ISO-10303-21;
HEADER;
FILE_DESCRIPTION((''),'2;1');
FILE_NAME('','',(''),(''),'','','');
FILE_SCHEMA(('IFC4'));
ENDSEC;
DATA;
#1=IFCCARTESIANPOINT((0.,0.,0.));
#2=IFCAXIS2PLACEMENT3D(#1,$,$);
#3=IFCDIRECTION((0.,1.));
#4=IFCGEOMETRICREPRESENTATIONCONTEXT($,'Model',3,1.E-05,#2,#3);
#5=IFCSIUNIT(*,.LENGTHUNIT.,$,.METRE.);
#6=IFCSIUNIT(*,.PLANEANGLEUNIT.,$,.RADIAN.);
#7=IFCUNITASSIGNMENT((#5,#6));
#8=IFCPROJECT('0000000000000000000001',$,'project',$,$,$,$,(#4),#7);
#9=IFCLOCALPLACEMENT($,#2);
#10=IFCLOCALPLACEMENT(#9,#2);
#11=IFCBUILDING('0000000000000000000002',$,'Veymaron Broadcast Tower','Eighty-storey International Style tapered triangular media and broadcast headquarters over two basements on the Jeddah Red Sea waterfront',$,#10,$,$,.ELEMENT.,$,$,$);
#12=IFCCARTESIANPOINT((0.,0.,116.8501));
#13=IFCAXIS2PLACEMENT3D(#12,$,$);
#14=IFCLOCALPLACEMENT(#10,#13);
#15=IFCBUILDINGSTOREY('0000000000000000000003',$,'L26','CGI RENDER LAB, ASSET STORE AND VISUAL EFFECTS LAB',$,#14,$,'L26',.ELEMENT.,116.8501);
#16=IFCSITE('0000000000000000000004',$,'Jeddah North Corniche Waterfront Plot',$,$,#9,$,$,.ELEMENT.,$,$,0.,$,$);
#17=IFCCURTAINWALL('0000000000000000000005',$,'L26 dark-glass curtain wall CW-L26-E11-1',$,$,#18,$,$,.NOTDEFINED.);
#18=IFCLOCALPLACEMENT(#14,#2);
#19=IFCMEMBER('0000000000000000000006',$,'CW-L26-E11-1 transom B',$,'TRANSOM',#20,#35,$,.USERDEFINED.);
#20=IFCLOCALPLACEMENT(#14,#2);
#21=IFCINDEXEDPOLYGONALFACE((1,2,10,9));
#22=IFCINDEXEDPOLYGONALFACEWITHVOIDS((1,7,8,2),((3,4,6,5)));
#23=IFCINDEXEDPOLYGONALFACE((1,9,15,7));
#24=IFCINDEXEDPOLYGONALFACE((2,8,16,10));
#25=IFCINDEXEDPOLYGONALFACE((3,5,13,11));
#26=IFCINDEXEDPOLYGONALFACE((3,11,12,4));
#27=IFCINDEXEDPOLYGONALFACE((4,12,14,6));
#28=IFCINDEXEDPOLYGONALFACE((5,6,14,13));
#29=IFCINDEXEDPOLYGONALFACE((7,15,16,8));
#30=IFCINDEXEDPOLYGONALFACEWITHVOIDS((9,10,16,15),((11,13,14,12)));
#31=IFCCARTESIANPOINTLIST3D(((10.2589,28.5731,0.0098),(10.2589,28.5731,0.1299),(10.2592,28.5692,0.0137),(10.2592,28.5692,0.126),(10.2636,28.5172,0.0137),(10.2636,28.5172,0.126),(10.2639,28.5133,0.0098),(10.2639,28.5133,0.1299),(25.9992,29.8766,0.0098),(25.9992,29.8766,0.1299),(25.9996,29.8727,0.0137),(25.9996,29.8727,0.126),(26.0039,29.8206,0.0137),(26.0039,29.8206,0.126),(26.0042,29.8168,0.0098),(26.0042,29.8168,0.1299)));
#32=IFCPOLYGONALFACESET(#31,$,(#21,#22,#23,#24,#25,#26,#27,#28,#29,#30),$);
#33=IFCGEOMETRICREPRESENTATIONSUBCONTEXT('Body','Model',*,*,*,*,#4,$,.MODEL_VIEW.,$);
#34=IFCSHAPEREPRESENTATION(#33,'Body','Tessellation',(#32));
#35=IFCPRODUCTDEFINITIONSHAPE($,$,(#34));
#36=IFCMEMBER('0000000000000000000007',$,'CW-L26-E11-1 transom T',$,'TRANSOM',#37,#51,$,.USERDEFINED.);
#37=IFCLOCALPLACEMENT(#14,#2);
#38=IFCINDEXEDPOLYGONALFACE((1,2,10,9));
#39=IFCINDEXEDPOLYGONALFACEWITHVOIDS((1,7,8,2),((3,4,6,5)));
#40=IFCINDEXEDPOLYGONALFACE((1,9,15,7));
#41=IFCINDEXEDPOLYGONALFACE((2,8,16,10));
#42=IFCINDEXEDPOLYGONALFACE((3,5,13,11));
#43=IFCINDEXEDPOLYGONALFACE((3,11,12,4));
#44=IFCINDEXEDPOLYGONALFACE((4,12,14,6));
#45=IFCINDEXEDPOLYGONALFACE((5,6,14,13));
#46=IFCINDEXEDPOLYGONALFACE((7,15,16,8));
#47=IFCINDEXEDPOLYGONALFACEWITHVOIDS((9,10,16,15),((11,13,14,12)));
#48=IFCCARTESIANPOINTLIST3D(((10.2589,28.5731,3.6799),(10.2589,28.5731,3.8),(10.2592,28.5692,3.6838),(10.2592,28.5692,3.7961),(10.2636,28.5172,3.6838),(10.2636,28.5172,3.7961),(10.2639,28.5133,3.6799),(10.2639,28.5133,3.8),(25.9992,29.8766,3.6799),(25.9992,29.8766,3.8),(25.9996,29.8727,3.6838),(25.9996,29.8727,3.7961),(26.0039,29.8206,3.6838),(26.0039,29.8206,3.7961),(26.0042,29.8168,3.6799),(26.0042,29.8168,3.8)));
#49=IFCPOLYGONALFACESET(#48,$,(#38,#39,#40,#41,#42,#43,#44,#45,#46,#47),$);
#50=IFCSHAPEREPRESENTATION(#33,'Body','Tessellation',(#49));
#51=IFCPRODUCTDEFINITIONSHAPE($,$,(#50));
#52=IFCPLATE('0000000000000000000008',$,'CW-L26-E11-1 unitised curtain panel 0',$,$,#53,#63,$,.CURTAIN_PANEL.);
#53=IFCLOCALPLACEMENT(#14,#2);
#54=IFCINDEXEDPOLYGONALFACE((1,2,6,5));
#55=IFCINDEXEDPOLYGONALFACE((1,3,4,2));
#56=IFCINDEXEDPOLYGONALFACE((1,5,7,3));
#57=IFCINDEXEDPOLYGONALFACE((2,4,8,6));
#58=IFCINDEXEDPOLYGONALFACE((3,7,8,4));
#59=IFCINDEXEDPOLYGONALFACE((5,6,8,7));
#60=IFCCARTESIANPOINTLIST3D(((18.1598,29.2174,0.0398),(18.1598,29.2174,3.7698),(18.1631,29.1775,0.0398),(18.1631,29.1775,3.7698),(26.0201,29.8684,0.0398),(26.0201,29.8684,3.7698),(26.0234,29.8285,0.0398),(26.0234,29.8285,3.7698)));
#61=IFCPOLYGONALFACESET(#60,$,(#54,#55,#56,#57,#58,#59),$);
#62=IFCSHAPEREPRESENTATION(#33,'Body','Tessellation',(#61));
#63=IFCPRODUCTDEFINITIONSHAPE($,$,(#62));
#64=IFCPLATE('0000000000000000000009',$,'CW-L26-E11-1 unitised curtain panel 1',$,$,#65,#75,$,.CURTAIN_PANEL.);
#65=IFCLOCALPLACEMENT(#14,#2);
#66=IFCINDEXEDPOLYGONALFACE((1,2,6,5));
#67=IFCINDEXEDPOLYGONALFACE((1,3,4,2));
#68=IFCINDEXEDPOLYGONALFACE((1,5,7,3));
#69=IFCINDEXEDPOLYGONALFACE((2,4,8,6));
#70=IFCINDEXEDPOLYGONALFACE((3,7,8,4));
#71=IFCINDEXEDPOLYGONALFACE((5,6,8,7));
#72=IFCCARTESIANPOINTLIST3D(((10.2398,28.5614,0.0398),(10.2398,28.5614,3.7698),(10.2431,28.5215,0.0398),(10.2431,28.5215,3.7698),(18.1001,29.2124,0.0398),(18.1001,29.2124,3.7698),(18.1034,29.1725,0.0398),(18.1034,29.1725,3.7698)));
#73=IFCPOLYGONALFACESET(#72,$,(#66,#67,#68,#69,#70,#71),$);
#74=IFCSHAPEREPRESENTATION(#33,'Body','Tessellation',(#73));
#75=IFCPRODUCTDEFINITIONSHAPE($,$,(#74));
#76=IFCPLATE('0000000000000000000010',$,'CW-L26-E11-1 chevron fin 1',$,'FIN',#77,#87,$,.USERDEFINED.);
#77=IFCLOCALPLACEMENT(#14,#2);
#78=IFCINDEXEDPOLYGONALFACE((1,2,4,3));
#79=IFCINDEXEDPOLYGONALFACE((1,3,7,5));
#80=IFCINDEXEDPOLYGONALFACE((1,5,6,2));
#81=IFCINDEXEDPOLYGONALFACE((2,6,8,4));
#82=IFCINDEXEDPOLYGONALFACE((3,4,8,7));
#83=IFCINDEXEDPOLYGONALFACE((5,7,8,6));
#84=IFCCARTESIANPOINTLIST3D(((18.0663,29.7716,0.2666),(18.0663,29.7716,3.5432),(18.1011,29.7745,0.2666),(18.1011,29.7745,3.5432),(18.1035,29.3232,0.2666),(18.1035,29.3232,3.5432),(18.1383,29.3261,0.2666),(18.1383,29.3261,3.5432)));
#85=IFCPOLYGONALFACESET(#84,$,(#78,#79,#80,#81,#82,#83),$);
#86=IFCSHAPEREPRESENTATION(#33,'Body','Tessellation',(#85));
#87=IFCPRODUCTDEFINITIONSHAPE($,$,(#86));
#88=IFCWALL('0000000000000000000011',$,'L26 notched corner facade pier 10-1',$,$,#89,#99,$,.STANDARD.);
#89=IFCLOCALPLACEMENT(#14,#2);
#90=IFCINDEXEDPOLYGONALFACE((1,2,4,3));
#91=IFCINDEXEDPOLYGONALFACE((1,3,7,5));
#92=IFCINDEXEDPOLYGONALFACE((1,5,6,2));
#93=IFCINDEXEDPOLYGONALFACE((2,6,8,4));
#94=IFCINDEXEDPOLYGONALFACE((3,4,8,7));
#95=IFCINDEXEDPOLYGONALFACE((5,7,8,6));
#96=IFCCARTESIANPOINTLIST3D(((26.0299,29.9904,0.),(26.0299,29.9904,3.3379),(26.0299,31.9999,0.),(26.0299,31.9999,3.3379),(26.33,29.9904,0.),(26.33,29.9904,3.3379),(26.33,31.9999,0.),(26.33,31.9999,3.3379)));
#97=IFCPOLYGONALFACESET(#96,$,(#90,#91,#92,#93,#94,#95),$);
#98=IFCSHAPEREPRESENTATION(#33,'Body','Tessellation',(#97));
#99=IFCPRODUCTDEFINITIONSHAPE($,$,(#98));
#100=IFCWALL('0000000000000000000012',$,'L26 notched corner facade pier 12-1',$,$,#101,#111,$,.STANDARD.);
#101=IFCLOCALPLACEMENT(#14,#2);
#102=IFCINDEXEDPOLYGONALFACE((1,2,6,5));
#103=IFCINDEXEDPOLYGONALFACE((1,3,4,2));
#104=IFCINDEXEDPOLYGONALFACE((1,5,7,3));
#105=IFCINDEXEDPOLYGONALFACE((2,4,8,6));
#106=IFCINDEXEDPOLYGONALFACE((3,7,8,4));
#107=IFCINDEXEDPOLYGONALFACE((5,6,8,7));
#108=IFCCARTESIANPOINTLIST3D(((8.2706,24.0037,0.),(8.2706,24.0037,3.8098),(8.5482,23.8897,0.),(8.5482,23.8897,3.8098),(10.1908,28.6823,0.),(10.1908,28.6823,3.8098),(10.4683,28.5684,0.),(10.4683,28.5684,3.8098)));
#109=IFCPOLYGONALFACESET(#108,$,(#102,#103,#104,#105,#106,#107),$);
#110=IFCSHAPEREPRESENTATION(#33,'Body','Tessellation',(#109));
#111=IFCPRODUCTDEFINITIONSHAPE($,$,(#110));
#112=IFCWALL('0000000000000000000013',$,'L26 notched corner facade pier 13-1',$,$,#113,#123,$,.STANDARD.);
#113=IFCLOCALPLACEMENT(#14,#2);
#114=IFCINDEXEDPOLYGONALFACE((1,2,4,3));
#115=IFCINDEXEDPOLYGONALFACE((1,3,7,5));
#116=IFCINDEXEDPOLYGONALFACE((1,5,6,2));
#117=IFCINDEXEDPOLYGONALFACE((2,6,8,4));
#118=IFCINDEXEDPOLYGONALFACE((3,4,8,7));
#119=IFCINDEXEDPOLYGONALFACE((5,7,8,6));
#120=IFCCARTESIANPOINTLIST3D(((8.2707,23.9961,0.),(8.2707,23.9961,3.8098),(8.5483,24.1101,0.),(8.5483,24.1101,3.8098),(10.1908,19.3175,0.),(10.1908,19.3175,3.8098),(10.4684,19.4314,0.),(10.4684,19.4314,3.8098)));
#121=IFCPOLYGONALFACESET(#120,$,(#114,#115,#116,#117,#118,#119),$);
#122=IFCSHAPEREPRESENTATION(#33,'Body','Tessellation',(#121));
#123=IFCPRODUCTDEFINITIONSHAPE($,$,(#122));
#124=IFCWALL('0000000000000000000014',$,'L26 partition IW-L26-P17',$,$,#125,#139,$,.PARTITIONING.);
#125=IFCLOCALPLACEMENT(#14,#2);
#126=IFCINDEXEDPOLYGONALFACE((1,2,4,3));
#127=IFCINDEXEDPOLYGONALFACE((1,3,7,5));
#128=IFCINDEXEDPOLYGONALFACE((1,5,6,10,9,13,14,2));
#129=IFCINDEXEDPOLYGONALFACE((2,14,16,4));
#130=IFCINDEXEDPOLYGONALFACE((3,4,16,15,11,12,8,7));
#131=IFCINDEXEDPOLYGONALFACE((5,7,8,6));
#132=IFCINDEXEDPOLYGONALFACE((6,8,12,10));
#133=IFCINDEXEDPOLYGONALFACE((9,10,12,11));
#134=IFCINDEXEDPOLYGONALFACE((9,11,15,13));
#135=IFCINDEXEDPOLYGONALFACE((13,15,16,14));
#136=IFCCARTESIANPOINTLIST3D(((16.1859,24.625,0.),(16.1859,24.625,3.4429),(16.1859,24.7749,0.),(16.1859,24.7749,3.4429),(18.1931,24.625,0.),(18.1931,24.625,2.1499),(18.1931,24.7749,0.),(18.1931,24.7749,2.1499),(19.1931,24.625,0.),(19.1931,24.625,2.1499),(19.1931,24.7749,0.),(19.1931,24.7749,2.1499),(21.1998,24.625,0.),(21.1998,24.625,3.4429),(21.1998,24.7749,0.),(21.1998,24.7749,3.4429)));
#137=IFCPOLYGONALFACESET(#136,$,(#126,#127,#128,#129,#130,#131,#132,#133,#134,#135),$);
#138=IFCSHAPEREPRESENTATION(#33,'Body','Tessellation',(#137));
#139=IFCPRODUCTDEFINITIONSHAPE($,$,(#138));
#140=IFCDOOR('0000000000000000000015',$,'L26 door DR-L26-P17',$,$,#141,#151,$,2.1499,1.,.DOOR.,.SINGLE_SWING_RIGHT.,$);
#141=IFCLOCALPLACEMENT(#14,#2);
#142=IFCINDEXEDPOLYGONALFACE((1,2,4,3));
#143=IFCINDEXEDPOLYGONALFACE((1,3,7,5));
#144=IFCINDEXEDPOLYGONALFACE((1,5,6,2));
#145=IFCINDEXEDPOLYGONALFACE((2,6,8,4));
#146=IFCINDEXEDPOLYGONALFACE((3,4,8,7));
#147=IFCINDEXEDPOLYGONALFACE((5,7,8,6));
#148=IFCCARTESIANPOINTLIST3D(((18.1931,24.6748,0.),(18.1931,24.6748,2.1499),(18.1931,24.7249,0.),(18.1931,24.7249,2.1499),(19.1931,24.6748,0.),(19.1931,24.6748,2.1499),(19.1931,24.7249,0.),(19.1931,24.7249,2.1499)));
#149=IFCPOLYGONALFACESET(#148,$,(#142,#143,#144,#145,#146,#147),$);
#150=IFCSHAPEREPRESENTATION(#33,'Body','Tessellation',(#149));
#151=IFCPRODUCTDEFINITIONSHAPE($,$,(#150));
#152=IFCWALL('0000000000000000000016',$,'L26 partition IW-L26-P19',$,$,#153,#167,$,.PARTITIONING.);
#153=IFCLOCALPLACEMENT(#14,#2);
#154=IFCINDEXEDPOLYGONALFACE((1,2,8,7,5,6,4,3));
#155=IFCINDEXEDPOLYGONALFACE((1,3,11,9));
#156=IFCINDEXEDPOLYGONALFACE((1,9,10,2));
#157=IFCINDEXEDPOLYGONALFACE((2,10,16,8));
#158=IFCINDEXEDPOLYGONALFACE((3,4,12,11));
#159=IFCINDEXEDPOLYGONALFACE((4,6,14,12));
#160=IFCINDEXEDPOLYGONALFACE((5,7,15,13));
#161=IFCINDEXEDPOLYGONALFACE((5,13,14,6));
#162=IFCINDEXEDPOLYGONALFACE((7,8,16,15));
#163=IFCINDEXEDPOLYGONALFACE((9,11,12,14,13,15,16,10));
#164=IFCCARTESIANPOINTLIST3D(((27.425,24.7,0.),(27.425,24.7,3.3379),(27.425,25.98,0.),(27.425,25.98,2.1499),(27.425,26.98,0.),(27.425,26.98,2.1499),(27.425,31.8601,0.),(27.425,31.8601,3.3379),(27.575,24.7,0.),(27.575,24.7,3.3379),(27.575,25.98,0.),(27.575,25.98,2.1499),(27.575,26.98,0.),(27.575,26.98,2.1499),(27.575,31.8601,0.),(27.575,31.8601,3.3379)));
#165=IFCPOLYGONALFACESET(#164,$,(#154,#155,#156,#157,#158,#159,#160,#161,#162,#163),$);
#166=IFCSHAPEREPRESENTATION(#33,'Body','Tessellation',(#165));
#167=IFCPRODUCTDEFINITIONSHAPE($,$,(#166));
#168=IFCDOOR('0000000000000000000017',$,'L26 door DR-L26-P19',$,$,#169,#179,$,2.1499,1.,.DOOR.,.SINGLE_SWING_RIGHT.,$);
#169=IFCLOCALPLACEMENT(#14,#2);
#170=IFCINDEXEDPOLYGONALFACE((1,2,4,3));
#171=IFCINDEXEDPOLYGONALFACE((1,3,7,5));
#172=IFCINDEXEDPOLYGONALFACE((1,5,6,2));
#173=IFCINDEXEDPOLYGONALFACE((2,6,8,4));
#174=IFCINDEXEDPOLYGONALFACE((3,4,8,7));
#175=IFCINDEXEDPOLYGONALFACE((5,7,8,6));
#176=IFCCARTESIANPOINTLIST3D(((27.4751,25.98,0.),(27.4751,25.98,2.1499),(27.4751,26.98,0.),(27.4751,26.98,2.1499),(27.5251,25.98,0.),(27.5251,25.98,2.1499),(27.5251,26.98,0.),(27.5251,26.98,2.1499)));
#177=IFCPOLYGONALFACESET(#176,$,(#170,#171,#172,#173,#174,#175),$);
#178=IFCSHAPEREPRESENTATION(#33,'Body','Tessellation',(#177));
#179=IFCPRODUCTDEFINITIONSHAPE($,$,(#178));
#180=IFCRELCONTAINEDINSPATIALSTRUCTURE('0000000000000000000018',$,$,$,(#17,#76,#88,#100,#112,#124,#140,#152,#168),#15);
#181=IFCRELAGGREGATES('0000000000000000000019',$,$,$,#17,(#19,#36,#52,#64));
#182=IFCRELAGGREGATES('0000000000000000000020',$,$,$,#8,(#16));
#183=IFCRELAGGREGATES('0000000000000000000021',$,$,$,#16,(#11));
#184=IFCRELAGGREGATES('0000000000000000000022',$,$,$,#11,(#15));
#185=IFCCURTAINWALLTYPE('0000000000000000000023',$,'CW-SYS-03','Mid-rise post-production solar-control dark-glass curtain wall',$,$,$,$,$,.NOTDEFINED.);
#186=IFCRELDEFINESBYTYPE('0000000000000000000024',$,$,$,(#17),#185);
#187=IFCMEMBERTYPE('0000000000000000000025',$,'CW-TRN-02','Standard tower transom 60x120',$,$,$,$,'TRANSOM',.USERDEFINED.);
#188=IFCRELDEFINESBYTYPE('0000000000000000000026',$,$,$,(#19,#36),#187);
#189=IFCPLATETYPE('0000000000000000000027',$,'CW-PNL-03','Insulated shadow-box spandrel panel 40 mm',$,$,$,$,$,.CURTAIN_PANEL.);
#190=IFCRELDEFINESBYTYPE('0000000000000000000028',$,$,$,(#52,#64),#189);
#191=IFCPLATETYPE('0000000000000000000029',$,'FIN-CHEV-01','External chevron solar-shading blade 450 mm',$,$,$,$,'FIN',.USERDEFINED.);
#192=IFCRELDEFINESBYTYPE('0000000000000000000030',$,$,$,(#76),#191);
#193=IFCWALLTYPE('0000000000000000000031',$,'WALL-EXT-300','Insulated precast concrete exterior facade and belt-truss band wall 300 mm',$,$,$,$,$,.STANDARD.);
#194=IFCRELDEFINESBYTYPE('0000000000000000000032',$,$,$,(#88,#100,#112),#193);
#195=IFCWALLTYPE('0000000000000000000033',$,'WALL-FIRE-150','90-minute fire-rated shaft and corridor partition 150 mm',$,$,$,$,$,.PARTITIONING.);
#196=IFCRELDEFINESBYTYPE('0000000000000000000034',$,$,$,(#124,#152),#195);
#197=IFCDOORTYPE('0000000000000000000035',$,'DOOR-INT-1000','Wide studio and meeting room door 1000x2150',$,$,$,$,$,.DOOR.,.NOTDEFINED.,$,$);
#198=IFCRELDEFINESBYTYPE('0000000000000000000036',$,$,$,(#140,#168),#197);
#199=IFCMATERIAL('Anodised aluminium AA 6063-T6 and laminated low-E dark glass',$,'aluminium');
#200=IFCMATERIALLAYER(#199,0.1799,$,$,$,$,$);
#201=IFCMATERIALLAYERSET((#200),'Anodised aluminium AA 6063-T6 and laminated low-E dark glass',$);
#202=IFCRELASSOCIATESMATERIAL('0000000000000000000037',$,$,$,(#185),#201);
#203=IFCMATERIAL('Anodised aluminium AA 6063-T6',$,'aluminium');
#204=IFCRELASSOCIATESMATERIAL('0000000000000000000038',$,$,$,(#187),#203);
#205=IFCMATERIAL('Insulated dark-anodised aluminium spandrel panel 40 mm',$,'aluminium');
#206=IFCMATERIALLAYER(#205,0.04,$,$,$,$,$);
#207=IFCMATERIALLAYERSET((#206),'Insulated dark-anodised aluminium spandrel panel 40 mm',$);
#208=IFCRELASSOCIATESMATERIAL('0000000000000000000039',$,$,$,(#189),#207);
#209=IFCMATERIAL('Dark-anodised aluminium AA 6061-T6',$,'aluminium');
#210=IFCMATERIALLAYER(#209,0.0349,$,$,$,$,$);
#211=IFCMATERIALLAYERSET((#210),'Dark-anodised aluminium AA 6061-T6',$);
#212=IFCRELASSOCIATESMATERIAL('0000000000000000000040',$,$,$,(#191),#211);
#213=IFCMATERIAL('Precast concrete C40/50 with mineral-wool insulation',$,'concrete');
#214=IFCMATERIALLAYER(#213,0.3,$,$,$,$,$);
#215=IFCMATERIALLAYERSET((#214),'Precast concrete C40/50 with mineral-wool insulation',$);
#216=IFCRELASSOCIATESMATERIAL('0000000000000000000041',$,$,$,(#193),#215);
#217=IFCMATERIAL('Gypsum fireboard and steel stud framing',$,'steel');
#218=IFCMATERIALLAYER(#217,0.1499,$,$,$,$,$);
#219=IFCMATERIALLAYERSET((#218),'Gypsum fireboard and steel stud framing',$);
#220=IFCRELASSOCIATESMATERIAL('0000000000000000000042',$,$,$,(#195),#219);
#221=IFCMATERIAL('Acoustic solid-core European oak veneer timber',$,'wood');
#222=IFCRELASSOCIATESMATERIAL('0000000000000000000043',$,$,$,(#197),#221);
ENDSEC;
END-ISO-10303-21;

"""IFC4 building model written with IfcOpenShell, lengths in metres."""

from ifc_helpers import new_model, si_unit, direction, frame, frame_2d, origin, origin_2d, place, context, subcontext, project, spatial, rectangle, hollow_rectangle, extrude, material, layer, layer_set, material_profile, profile_set, type_object, element, fill, aggregate, save


model = new_model("IFC4")

# Units and contexts
model_context = context("Model", 3, precision=1e-05, world=origin(), true_north=direction((0.0, 1.0)))
body_context = subcontext(model_context, "Body", "Model", "MODEL_VIEW")
ifc_project = project(units=[si_unit("LENGTHUNIT", "METRE"), si_unit("PLANEANGLEUNIT", "RADIAN")], contexts=[model_context])

# Site, building, storey
site_placement = place(None, origin())
site = spatial("IfcSite", under=ifc_project, at=site_placement, Name="Jeddah North Corniche Waterfront Plot", CompositionType="ELEMENT", RefElevation=0.0)
building_placement = place(site_placement, origin())
building = spatial("IfcBuilding", under=site, at=building_placement, Name="Veymaron Broadcast Tower", Description="Eighty-storey International Style tapered triangular media and broadcast headquarters over two basements on the Jeddah Red Sea waterfront", CompositionType="ELEMENT")
storey_placement = place(building_placement, frame((0.0, 0.0, 116.8501)))
storey = spatial("IfcBuildingStorey", under=building, at=storey_placement, Name="L26", Description="CGI RENDER LAB, ASSET STORE AND VISUAL EFFECTS LAB", LongName="L26", CompositionType="ELEMENT", Elevation=116.8501)

# Curtain wall, members, plates
ifc_material_1 = material(Name="Anodised aluminium AA 6063-T6 and laminated low-E dark glass", Category="aluminium")
ifc_layer_1 = layer(ifc_material_1, 0.1799)
ifc_layer_set_1 = layer_set([ifc_layer_1], Name="Anodised aluminium AA 6063-T6 and laminated low-E dark glass")
curtain_wall_type = type_object("IfcCurtainWallType", Name="CW-SYS-03", Description="Mid-rise post-production solar-control dark-glass curtain wall", PredefinedType="NOTDEFINED", material=ifc_layer_set_1)
curtain_wall_placement = place(storey_placement, origin())
curtain_wall = element("IfcCurtainWall", 1, at=curtain_wall_placement, inside=storey, type_object=curtain_wall_type, Name="L26 dark-glass curtain wall CW-L26-E11-1", PredefinedType="NOTDEFINED")
ifc_material_2 = material(Name="Anodised aluminium AA 6063-T6", Category="aluminium")
ifc_material_profile_1 = material_profile(ifc_material_2, hollow_rectangle(XDim=0.0601, YDim=0.1201, WallThickness=0.0039, at=origin_2d()), Name="AL120X60X4")
ifc_profile_set_1 = profile_set([ifc_material_profile_1], Name="Anodised aluminium AA 6063-T6")
member_type_1 = type_object("IfcMemberType", Name="CW-TRN-02", Description="Standard tower transom 60x120", ElementType="TRANSOM", PredefinedType="USERDEFINED", material=ifc_profile_set_1)
member_1_placement = place(storey_placement, frame((26.0017, 29.8467, 0.0698), z_axis=(-0.996589, -0.082529, 0.0), x_axis=(0.082529, -0.996589, 0.0)))
member_1 = element("IfcMember", 2, at=member_1_placement, type_object=member_type_1, Name="CW-L26-E11-1 transom B", ObjectType="TRANSOM", PredefinedType="USERDEFINED", context=body_context, shape_type="SweptSolid", body=[
    extrude(hollow_rectangle(XDim=0.0601, YDim=0.1201, WallThickness=0.0039, at=origin_2d()), origin(), (0.0, 0.0, 1.0), 15.7942),
])
member_2_placement = place(storey_placement, frame((26.0017, 29.8467, 3.74), z_axis=(-0.996589, -0.082529, 0.0), x_axis=(0.082529, -0.996589, 0.0)))
member_2 = element("IfcMember", 3, at=member_2_placement, type_object=member_type_1, Name="CW-L26-E11-1 transom T", ObjectType="TRANSOM", PredefinedType="USERDEFINED", context=body_context, shape_type="SweptSolid", body=[
    extrude(hollow_rectangle(XDim=0.0601, YDim=0.1201, WallThickness=0.0039, at=origin_2d()), origin(), (0.0, 0.0, 1.0), 15.7942),
])
ifc_material_3 = material(Name="Insulated dark-anodised aluminium spandrel panel 40 mm", Category="aluminium")
ifc_layer_2 = layer(ifc_material_3, 0.04)
ifc_layer_set_2 = layer_set([ifc_layer_2], Name="Insulated dark-anodised aluminium spandrel panel 40 mm")
plate_type_1 = type_object("IfcPlateType", Name="CW-PNL-03", Description="Insulated shadow-box spandrel panel 40 mm", PredefinedType="CURTAIN_PANEL", material=ifc_layer_set_2)
plate_1_placement = place(storey_placement, frame((22.0916, 29.5229, 0.0398), z_axis=(0.0, 0.0, 1.0), x_axis=(-0.996589, -0.08253, 0.0)))
plate_1 = element("IfcPlate", 4, at=plate_1_placement, type_object=plate_type_1, Name="CW-L26-E11-1 unitised curtain panel 0", PredefinedType="CURTAIN_PANEL", context=body_context, shape_type="SweptSolid", body=[
    extrude(rectangle(XDim=7.8872, YDim=0.04, at=origin_2d()), origin(), (0.0, 0.0, 1.0), 3.73),
])
plate_2_placement = place(storey_placement, frame((14.1716, 28.8669, 0.0398), z_axis=(0.0, 0.0, 1.0), x_axis=(-0.996589, -0.08253, 0.0)))
plate_2 = element("IfcPlate", 5, at=plate_2_placement, type_object=plate_type_1, Name="CW-L26-E11-1 unitised curtain panel 1", PredefinedType="CURTAIN_PANEL", context=body_context, shape_type="SweptSolid", body=[
    extrude(rectangle(XDim=7.8872, YDim=0.04, at=origin_2d()), origin(), (0.0, 0.0, 1.0), 3.73),
])
aggregate(curtain_wall, [member_1, member_2, plate_1, plate_2])

# Plate
ifc_material_4 = material(Name="Dark-anodised aluminium AA 6061-T6", Category="aluminium")
ifc_layer_3 = layer(ifc_material_4, 0.0349)
ifc_layer_set_3 = layer_set([ifc_layer_3], Name="Dark-anodised aluminium AA 6061-T6")
plate_type_2 = type_object("IfcPlateType", Name="FIN-CHEV-01", Description="External chevron solar-shading blade 450 mm", ElementType="FIN", PredefinedType="USERDEFINED", material=ifc_layer_set_3)
plate_3_placement = place(storey_placement, frame((18.1023, 29.5488, 0.2666), z_axis=(0.0, 0.0, 1.0), x_axis=(-0.08253, 0.996589, 0.0)))
element("IfcPlate", 6, at=plate_3_placement, inside=storey, type_object=plate_type_2, Name="CW-L26-E11-1 chevron fin 1", ObjectType="FIN", PredefinedType="USERDEFINED", context=body_context, shape_type="SweptSolid", body=[
    extrude(rectangle(XDim=0.45, YDim=0.0349, at=origin_2d()), origin(), (0.0, 0.0, 1.0), 3.2766),
])

# Walls
ifc_material_5 = material(Name="Precast concrete C40/50 with mineral-wool insulation", Category="concrete")
ifc_layer_4 = layer(ifc_material_5, 0.3)
ifc_layer_set_4 = layer_set([ifc_layer_4], Name="Precast concrete C40/50 with mineral-wool insulation")
wall_type_1 = type_object("IfcWallType", Name="WALL-EXT-300", Description="Insulated precast concrete exterior facade and belt-truss band wall 300 mm", PredefinedType="STANDARD", material=ifc_layer_set_4)
wall_1_placement = place(storey_placement, frame((26.1799, 32.0, 0.0), z_axis=(0.0, 0.0, 1.0), x_axis=(0.0, -1.0, 0.0)))
element("IfcWall", 7, at=wall_1_placement, inside=storey, type_object=wall_type_1, Name="L26 notched corner facade pier 10-1", PredefinedType="STANDARD", context=body_context, shape_type="SweptSolid", body=[
    extrude(rectangle(XDim=2.0095, YDim=0.3, at=frame_2d((1.0049, 0.0))), origin(), (0.0, 0.0, 1.0), 3.3379),
])
for number, where, z_axis, x_axis, name in (
    (8, (10.3296, 28.6255, 0.0), (0.0, 0.0, 1.0), (-0.379674, -0.92512, 0.0), "L26 notched corner facade pier 12-1"),
    (9, (8.4094, 24.0532, 0.0), (0.0, 0.0, 1.0), (0.379674, -0.92512, 0.0), "L26 notched corner facade pier 13-1"),
):
    element("IfcWall", number, at=place(storey_placement, frame(where, z_axis=z_axis, x_axis=x_axis)), inside=storey, type_object=wall_type_1, Name=name, PredefinedType="STANDARD", context=body_context, shape_type="SweptSolid", body=[
        extrude(rectangle(XDim=5.0574, YDim=0.3, at=frame_2d((2.5288, 0.0))), origin(), (0.0, 0.0, 1.0), 3.8098),
    ])

# Walls, openings, doors
ifc_material_6 = material(Name="Gypsum fireboard and steel stud framing", Category="steel")
ifc_layer_5 = layer(ifc_material_6, 0.1499)
ifc_layer_set_5 = layer_set([ifc_layer_5], Name="Gypsum fireboard and steel stud framing")
wall_type_2 = type_object("IfcWallType", Name="WALL-FIRE-150", Description="90-minute fire-rated shaft and corridor partition 150 mm", PredefinedType="PARTITIONING", material=ifc_layer_set_5)
wall_2_placement = place(storey_placement, frame((16.186, 24.7, 0.0), z_axis=(0.0, 0.0, 1.0), x_axis=(1.0, 0.0, 0.0)))
wall_2 = element("IfcWall", 10, at=wall_2_placement, inside=storey, type_object=wall_type_2, Name="L26 partition IW-L26-P17", PredefinedType="PARTITIONING", context=body_context, shape_type="SweptSolid", body=[
    extrude(rectangle(XDim=5.0139, YDim=0.1499, at=frame_2d((2.5068, 0.0))), origin(), (0.0, 0.0, 1.0), 3.4429),
])
opening_1_placement = place(wall_2_placement, frame((2.0071, 0.0, 0.0)))
opening_1 = element("IfcOpeningElement", 11, at=opening_1_placement, cuts=wall_2, PredefinedType="OPENING", context=body_context, shape_type="SweptSolid", body=[
    extrude(rectangle(XDim=1.0, YDim=2.1499, at=frame_2d((0.5, 1.075))), frame((0.0, 0.085, 0.0), z_axis=(0.0, -1.0, 0.0), x_axis=(1.0, 0.0, 0.0)), (0.0, 0.0, 1.0), 0.1699),
])
ifc_material_7 = material(Name="Acoustic solid-core European oak veneer timber", Category="wood")
door_type = type_object("IfcDoorType", Name="DOOR-INT-1000", Description="Wide studio and meeting room door 1000x2150", OperationType="NOTDEFINED", PredefinedType="DOOR", material=ifc_material_7)
door_1_placement = place(opening_1_placement, origin())
door_1 = element("IfcDoor", 12, at=door_1_placement, inside=storey, type_object=door_type, Name="L26 door DR-L26-P17", OperationType="SINGLE_SWING_RIGHT", OverallHeight=2.1499, OverallWidth=1.0, PredefinedType="DOOR", context=body_context, shape_type="SweptSolid", body=[
    extrude(rectangle(XDim=1.0, YDim=2.1499, at=frame_2d((0.5, 1.075))), frame((0.0, 0.0249, 0.0), z_axis=(0.0, -1.0, 0.0), x_axis=(1.0, 0.0, 0.0)), (0.0, 0.0, 1.0), 0.05),
])
fill(opening_1, door_1)
wall_3_placement = place(storey_placement, frame((27.5, 24.7, 0.0), z_axis=(0.0, 0.0, 1.0), x_axis=(0.0, 1.0, 0.0)))
wall_3 = element("IfcWall", 13, at=wall_3_placement, inside=storey, type_object=wall_type_2, Name="L26 partition IW-L26-P19", PredefinedType="PARTITIONING", context=body_context, shape_type="SweptSolid", body=[
    extrude(rectangle(XDim=7.1602, YDim=0.1499, at=frame_2d((3.5801, 0.0))), origin(), (0.0, 0.0, 1.0), 3.3379),
])
opening_2_placement = place(wall_3_placement, frame((1.28, 0.0, 0.0)))
opening_2 = element("IfcOpeningElement", 14, at=opening_2_placement, cuts=wall_3, PredefinedType="OPENING", context=body_context, shape_type="SweptSolid", body=[
    extrude(rectangle(XDim=1.0, YDim=2.1499, at=frame_2d((0.5, 1.075))), frame((0.0, 0.085, 0.0), z_axis=(0.0, -1.0, 0.0), x_axis=(1.0, 0.0, 0.0)), (0.0, 0.0, 1.0), 0.1699),
])
door_2_placement = place(opening_2_placement, origin())
door_2 = element("IfcDoor", 15, at=door_2_placement, inside=storey, type_object=door_type, Name="L26 door DR-L26-P19", OperationType="SINGLE_SWING_RIGHT", OverallHeight=2.1499, OverallWidth=1.0, PredefinedType="DOOR", context=body_context, shape_type="SweptSolid", body=[
    extrude(rectangle(XDim=1.0, YDim=2.1499, at=frame_2d((0.5, 1.075))), frame((0.0, 0.0249, 0.0), z_axis=(0.0, -1.0, 0.0), x_axis=(1.0, 0.0, 0.0)), (0.0, 0.0, 1.0), 0.05),
])
fill(opening_2, door_2)

save(model, "model.ifc")
